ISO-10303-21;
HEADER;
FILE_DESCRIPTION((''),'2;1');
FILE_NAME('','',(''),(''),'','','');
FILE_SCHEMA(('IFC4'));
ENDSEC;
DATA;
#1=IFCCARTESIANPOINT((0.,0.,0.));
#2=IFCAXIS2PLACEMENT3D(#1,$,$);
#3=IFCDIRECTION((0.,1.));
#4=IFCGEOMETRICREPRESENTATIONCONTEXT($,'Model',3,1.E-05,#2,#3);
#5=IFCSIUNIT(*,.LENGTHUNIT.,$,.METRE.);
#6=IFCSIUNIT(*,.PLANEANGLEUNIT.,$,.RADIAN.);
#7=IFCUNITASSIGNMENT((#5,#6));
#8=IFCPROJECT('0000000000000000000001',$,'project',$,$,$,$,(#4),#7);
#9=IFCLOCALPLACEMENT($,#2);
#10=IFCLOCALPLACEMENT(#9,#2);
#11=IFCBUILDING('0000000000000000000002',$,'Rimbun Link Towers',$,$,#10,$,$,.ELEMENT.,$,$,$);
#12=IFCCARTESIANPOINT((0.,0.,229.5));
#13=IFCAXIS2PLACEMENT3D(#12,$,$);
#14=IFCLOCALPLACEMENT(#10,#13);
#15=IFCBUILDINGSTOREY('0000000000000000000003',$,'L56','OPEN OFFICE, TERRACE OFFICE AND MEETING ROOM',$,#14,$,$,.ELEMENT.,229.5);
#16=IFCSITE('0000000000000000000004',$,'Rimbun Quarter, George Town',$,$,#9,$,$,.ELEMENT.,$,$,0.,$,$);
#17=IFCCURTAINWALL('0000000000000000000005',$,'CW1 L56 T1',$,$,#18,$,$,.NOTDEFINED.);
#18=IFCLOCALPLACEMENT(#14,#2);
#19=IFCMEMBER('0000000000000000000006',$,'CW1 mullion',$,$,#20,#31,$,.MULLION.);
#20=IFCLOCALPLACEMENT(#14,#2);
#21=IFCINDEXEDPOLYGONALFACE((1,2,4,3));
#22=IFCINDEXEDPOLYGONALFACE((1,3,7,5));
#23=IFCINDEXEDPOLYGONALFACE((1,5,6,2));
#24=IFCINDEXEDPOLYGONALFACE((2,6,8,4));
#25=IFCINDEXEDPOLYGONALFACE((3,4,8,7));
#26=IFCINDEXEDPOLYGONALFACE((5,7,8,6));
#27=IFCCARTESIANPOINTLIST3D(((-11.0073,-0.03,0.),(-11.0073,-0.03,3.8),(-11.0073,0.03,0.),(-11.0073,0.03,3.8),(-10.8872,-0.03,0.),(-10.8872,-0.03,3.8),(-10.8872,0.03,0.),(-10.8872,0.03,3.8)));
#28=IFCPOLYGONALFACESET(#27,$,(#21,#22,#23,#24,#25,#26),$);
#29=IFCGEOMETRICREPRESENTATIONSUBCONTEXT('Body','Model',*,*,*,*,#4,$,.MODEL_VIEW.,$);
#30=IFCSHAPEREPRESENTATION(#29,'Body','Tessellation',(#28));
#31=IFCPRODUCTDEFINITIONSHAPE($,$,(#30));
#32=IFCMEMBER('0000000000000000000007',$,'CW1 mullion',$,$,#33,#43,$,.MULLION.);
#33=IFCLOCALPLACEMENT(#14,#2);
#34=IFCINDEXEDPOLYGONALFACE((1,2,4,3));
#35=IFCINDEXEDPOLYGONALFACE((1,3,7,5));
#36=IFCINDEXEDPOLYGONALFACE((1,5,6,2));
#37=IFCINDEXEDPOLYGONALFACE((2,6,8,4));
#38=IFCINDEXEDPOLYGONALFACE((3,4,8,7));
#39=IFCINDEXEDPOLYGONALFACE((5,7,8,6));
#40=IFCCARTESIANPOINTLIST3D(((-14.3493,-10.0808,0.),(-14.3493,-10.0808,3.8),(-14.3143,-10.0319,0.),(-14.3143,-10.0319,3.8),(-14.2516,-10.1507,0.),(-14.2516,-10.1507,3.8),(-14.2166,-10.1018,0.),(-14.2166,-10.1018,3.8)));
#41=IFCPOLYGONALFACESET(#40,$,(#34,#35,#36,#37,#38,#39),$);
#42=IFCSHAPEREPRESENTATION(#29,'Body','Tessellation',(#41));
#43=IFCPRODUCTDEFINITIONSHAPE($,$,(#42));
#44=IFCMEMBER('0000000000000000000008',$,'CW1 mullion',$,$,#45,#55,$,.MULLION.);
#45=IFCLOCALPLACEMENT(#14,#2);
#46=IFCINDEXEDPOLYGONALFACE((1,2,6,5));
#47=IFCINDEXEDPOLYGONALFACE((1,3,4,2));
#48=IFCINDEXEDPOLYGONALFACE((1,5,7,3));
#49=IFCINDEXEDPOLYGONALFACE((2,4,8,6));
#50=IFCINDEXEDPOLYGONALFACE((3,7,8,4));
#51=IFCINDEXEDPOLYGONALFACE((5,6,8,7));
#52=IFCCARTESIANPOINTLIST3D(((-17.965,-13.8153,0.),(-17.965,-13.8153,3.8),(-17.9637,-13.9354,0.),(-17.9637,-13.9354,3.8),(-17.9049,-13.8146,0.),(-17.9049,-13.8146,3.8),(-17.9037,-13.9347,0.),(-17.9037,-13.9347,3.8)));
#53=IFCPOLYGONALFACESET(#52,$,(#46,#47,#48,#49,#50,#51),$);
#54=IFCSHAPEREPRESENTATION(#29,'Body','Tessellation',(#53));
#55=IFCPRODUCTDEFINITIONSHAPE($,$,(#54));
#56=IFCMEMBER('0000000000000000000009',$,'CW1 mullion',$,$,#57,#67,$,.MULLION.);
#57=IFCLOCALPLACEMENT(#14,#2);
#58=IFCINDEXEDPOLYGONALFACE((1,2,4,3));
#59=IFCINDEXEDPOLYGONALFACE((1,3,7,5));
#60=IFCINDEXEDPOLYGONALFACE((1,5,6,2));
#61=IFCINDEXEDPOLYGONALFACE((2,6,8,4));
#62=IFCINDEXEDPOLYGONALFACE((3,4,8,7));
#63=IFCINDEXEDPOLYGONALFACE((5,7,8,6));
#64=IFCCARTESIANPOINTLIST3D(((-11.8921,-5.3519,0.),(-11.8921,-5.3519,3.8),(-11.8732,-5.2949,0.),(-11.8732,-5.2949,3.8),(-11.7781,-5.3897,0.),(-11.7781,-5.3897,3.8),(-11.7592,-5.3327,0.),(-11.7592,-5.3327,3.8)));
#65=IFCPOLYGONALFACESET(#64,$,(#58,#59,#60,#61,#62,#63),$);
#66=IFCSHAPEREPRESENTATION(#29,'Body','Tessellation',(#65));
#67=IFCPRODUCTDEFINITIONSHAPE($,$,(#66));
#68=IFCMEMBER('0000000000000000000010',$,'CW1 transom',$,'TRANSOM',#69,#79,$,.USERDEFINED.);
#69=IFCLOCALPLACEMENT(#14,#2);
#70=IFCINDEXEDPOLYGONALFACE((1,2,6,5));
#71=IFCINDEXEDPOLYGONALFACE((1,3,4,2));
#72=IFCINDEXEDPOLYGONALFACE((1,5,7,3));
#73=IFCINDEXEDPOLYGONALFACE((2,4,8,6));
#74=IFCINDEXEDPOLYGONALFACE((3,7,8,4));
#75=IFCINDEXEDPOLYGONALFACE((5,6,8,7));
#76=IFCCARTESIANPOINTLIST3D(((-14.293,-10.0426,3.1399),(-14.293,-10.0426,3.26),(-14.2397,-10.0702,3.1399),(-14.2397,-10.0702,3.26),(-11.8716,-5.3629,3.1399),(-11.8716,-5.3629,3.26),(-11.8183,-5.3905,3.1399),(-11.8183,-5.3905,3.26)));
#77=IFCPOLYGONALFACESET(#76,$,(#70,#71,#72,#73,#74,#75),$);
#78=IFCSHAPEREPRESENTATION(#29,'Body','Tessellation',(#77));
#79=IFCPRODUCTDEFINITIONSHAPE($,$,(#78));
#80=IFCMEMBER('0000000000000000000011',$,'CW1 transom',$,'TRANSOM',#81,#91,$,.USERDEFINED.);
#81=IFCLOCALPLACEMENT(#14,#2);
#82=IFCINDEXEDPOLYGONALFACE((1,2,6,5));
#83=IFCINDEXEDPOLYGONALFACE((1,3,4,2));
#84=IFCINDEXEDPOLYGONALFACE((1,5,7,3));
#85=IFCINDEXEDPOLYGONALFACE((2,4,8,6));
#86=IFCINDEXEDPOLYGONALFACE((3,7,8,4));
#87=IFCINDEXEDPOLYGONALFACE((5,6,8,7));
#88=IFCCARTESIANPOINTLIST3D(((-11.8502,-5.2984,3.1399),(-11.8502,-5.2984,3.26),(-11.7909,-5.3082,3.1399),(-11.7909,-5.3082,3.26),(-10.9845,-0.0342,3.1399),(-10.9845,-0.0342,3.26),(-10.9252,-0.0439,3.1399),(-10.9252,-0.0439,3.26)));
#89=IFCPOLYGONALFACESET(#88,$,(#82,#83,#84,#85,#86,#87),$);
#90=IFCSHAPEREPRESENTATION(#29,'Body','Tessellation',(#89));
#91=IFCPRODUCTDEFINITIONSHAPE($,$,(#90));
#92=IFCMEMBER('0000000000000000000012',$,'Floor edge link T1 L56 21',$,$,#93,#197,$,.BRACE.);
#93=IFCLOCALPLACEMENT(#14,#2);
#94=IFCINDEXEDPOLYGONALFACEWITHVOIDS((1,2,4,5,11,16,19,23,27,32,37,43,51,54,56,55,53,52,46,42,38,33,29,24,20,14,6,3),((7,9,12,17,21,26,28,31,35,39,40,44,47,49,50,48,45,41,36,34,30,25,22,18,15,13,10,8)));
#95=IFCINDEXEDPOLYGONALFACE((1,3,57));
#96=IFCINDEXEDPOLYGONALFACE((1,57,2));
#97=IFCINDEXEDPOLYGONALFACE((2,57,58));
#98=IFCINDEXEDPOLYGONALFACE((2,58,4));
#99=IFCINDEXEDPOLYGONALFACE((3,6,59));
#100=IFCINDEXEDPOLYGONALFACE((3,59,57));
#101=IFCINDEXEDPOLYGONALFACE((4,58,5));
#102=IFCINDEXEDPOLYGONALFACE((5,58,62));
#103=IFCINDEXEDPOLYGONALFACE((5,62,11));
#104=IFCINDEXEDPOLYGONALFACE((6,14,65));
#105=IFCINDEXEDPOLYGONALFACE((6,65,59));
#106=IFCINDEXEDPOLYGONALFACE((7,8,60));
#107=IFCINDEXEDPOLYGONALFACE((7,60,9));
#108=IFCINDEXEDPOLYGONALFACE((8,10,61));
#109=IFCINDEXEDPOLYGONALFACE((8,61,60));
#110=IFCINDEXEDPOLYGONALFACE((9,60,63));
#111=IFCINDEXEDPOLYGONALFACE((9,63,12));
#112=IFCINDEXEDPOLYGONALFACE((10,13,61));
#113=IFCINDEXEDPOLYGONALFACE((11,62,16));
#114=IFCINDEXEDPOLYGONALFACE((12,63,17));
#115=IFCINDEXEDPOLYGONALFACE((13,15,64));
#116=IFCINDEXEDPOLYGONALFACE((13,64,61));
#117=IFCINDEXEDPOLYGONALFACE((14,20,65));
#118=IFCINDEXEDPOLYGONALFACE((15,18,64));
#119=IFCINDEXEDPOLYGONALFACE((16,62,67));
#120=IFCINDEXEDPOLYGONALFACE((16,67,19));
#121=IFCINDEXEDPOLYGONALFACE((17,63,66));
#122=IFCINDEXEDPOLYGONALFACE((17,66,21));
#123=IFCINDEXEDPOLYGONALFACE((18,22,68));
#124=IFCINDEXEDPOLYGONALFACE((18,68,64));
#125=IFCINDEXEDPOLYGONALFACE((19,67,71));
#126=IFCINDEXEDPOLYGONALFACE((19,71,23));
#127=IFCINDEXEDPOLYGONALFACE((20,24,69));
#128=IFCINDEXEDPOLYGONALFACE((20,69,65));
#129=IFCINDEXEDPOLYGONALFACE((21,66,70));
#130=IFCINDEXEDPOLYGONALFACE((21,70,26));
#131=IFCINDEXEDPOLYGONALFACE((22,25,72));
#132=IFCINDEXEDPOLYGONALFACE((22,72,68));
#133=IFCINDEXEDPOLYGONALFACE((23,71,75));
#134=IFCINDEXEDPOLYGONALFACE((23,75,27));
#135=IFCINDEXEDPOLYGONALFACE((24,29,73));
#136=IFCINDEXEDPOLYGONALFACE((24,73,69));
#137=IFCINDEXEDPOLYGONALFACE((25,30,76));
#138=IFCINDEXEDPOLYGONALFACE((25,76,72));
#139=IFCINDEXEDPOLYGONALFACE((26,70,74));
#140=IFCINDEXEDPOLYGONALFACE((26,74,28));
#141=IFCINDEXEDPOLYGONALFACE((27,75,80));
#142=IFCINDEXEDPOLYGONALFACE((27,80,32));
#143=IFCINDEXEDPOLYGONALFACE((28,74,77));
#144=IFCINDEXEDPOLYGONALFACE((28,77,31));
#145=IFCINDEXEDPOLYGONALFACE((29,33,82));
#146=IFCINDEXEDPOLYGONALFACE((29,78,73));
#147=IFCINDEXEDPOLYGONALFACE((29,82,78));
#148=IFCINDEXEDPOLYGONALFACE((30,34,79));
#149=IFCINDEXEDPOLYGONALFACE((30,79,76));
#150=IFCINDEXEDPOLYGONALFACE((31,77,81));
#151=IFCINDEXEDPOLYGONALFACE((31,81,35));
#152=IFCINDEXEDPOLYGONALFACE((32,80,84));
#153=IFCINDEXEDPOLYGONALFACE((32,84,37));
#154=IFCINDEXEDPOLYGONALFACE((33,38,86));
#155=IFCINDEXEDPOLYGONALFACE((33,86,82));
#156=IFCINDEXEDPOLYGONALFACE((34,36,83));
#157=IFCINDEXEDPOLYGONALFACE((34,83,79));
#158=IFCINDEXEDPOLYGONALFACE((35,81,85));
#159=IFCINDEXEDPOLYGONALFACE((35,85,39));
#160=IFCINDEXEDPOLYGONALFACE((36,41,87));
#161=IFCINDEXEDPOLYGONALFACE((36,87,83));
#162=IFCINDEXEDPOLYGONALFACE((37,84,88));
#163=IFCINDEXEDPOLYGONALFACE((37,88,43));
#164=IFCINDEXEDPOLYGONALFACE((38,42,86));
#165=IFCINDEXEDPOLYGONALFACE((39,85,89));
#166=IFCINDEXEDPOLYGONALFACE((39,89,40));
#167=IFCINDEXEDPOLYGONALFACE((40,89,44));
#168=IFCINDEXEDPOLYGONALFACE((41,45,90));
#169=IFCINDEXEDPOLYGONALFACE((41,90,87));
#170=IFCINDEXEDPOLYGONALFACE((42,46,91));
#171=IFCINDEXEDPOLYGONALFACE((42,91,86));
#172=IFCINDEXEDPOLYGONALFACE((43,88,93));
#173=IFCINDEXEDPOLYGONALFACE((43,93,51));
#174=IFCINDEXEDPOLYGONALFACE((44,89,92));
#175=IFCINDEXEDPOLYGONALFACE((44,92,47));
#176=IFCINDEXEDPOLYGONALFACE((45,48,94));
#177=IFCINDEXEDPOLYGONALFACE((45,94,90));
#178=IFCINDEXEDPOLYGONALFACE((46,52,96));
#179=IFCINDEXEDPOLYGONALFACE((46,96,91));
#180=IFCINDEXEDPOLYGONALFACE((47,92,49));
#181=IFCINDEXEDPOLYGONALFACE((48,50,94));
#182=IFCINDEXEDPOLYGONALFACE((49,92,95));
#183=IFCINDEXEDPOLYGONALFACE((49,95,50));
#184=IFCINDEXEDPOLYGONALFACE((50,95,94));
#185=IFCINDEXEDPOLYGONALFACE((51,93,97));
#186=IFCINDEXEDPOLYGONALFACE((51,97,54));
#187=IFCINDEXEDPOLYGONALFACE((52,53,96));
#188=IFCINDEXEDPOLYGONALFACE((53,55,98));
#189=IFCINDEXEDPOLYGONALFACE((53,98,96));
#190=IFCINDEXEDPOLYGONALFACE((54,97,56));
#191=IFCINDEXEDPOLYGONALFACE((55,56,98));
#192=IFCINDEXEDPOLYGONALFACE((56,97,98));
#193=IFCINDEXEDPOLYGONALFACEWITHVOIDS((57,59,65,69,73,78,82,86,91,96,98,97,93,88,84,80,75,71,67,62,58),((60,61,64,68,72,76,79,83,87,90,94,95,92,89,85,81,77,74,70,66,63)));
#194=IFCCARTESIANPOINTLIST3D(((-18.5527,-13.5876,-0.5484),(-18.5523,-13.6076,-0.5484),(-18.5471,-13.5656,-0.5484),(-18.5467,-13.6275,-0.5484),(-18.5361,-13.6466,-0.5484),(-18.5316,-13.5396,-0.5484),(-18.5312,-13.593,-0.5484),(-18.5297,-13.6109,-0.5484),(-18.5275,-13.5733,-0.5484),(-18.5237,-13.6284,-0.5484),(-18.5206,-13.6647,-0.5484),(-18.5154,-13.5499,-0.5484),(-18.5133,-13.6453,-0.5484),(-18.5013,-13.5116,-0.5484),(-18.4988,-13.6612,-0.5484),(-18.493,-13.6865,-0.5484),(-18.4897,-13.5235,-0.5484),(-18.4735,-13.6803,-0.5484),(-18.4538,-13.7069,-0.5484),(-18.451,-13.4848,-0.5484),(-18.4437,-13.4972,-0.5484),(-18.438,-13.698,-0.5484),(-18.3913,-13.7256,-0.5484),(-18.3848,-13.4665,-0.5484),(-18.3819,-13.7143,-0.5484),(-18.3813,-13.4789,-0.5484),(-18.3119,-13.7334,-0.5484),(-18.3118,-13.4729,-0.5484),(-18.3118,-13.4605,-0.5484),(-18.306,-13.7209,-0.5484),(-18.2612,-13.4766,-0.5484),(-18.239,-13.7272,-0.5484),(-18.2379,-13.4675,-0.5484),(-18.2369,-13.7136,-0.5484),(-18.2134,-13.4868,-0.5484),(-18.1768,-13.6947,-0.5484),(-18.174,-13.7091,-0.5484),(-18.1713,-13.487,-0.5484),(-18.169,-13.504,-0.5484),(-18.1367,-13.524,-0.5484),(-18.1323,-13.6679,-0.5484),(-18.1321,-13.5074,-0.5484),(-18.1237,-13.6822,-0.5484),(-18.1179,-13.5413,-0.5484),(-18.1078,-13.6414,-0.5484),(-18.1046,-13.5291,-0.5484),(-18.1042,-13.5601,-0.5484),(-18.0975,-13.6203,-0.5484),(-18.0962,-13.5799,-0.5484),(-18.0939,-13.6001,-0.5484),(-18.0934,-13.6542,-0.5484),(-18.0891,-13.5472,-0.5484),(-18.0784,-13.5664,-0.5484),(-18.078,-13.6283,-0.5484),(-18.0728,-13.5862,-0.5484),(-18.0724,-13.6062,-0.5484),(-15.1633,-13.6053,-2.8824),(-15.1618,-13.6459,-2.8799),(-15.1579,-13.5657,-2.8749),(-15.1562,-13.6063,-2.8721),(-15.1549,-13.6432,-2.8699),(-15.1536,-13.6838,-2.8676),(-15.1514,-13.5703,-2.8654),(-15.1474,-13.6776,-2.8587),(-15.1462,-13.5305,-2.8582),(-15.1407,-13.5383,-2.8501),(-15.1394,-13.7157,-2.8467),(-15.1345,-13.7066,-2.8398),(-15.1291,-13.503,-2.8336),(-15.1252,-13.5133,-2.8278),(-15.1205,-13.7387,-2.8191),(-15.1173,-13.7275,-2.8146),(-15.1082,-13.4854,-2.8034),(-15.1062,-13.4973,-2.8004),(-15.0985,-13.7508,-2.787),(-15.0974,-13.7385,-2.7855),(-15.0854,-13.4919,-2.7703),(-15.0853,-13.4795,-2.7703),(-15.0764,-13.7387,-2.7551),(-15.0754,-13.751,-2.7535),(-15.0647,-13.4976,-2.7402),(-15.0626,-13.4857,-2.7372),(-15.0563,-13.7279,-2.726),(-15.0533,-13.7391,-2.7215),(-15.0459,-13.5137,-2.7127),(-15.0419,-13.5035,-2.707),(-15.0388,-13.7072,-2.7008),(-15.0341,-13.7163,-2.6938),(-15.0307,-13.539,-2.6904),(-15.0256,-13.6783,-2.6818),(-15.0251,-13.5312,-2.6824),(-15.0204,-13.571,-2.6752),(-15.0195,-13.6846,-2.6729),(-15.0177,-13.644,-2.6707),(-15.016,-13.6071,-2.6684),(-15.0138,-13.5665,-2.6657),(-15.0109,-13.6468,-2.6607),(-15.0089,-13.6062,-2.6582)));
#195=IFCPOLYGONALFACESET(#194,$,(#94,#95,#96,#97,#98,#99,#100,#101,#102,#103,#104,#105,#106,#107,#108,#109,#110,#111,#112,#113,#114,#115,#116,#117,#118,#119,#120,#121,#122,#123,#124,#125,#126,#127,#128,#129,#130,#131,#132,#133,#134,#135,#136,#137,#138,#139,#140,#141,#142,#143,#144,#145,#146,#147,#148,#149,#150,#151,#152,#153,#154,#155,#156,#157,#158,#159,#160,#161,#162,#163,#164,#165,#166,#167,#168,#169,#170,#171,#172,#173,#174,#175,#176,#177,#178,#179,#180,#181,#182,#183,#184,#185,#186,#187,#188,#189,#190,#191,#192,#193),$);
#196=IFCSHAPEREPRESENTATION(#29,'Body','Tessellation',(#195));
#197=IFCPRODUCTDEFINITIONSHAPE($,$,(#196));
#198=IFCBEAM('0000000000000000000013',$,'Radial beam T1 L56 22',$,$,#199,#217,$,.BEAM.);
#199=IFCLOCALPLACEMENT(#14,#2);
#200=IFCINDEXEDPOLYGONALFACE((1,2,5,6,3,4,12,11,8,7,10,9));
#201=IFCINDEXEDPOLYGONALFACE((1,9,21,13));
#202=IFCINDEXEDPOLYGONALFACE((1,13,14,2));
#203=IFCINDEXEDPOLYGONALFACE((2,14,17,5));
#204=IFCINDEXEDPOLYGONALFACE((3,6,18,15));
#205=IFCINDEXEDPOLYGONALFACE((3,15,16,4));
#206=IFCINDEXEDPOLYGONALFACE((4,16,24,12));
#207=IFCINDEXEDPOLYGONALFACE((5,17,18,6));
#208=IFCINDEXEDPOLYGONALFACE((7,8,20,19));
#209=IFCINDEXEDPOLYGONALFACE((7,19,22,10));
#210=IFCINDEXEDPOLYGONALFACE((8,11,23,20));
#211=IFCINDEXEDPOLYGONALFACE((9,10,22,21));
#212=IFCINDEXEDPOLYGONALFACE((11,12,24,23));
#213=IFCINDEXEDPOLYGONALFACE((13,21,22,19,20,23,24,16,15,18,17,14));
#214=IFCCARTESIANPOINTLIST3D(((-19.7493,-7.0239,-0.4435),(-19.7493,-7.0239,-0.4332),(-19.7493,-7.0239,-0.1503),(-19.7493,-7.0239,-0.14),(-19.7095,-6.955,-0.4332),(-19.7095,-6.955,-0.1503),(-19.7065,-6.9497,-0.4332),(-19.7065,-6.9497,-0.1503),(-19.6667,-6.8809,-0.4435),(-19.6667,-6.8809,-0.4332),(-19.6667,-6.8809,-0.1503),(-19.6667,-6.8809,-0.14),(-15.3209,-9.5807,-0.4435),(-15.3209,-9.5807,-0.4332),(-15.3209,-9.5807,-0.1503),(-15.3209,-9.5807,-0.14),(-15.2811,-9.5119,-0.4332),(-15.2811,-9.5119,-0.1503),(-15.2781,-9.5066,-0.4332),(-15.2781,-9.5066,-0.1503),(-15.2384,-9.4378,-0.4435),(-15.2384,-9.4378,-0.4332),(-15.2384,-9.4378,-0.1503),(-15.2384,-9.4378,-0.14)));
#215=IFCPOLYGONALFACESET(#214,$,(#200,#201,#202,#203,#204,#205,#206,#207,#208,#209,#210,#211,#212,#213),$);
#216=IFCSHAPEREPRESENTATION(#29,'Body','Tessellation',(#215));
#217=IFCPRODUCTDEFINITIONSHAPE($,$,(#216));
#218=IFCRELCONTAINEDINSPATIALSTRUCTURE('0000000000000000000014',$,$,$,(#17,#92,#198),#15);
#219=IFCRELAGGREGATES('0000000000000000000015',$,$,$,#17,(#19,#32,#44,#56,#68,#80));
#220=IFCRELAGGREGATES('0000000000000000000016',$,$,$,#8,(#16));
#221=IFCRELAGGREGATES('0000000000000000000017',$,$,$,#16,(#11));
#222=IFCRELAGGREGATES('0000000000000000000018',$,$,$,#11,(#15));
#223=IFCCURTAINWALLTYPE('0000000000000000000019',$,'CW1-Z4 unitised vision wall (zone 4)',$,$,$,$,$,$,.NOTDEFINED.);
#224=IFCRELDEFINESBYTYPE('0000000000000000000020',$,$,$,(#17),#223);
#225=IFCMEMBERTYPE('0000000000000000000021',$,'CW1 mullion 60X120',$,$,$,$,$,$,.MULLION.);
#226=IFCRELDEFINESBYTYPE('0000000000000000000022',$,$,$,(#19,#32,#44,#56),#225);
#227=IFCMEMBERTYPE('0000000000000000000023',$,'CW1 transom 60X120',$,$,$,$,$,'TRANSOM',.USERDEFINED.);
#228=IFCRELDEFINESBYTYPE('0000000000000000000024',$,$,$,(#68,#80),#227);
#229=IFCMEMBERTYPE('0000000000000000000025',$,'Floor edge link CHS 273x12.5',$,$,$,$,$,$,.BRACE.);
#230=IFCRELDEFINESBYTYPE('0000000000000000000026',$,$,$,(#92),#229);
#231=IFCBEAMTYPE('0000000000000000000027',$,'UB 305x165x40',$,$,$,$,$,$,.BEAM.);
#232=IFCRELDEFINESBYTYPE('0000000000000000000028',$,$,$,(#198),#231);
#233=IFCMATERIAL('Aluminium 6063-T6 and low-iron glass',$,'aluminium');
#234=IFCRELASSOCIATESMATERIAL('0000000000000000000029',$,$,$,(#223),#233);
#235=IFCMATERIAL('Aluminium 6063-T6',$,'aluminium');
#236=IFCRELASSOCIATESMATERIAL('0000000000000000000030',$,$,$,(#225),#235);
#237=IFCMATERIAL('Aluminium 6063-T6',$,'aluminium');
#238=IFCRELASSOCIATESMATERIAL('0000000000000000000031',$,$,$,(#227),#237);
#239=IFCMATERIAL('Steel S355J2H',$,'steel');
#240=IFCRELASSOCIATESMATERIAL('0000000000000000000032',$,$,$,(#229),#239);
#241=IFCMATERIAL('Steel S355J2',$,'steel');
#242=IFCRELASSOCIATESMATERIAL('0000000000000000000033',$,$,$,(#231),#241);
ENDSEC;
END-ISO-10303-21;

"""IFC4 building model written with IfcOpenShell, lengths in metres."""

from ifc_helpers import new_model, si_unit, direction, frame, origin, origin_2d, place, context, subcontext, project, spatial, rectangle, hollow_circle, i_section, extrude, clip, halfspace, material, material_profile, profile_set, type_object, element, aggregate, save


model = new_model("IFC4")

# Units and contexts
model_context = context("Model", 3, precision=1e-05, world=origin(), true_north=direction((0.0, 1.0)))
body_context = subcontext(model_context, "Body", "Model", "MODEL_VIEW")
ifc_project = project(units=[si_unit("LENGTHUNIT", "METRE"), si_unit("PLANEANGLEUNIT", "RADIAN")], contexts=[model_context])

# Site, building, storey
site_placement = place(None, origin())
site = spatial("IfcSite", under=ifc_project, at=site_placement, Name="Rimbun Quarter, George Town", CompositionType="ELEMENT", RefElevation=0.0)
building_placement = place(site_placement, origin())
building = spatial("IfcBuilding", under=site, at=building_placement, Name="Rimbun Link Towers", CompositionType="ELEMENT")
storey_placement = place(building_placement, frame((0.0, 0.0, 229.5)))
storey = spatial("IfcBuildingStorey", under=building, at=storey_placement, Name="L56", Description="OPEN OFFICE, TERRACE OFFICE AND MEETING ROOM", CompositionType="ELEMENT", Elevation=229.5)

# Curtain wall, members
ifc_material_1 = material(Name="Aluminium 6063-T6 and low-iron glass", Category="aluminium")
curtain_wall_type = type_object("IfcCurtainWallType", Name="CW1-Z4 unitised vision wall (zone 4)", PredefinedType="NOTDEFINED", material=ifc_material_1)
curtain_wall_placement = place(storey_placement, origin())
curtain_wall = element("IfcCurtainWall", 1, at=curtain_wall_placement, inside=storey, type_object=curtain_wall_type, Name="CW1 L56 T1", PredefinedType="NOTDEFINED")
ifc_material_2 = material(Name="Aluminium 6063-T6", Category="aluminium")
ifc_material_profile_1 = material_profile(ifc_material_2, rectangle(XDim=0.1201, YDim=0.0601, at=origin_2d()), Name="MULLION 60X120")
ifc_profile_set_1 = profile_set([ifc_material_profile_1], Name="Aluminium 6063-T6")
member_type_1 = type_object("IfcMemberType", Name="CW1 mullion 60X120", PredefinedType="MULLION", material=ifc_profile_set_1)
member_1_placement = place(storey_placement, frame((-10.9473, 0.0, 0.0), z_axis=(0.0, 0.0, 1.0), x_axis=(1.0, 0.0, 0.0)))
member_1 = element("IfcMember", 2, at=member_1_placement, type_object=member_type_1, Name="CW1 mullion", PredefinedType="MULLION", context=body_context, shape_type="SweptSolid", body=[
    extrude(rectangle(XDim=0.1201, YDim=0.0601, at=origin_2d()), origin(), (0.0, 0.0, 1.0), 3.8),
])
member_2_placement = place(storey_placement, frame((-14.283, -10.0913, 0.0), z_axis=(0.0, 0.0, 1.0), x_axis=(0.813354, -0.58177, 0.0)))
member_2 = element("IfcMember", 3, at=member_2_placement, type_object=member_type_1, Name="CW1 mullion", PredefinedType="MULLION", context=body_context, shape_type="SweptSolid", body=[
    extrude(rectangle(XDim=0.1201, YDim=0.0601, at=origin_2d()), origin(), (0.0, 0.0, 1.0), 3.8),
])
member_3_placement = place(storey_placement, frame((-17.9343, -13.875, 0.0), z_axis=(0.0, 0.0, 1.0), x_axis=(0.010539, -0.999944, 0.0)))
member_3 = element("IfcMember", 4, at=member_3_placement, type_object=member_type_1, Name="CW1 mullion", PredefinedType="MULLION", context=body_context, shape_type="SweptSolid", body=[
    extrude(rectangle(XDim=0.1201, YDim=0.0601, at=origin_2d()), origin(), (0.0, 0.0, 1.0), 3.8),
])
member_4_placement = place(storey_placement, frame((-11.8257, -5.3423, 0.0), z_axis=(0.0, 0.0, 1.0), x_axis=(0.949161, -0.31479, 0.0)))
member_4 = element("IfcMember", 5, at=member_4_placement, type_object=member_type_1, Name="CW1 mullion", PredefinedType="MULLION", context=body_context, shape_type="SweptSolid", body=[
    extrude(rectangle(XDim=0.1201, YDim=0.0601, at=origin_2d()), origin(), (0.0, 0.0, 1.0), 3.8),
])
ifc_material_3 = material(Name="Aluminium 6063-T6", Category="aluminium")
ifc_material_profile_2 = material_profile(ifc_material_3, rectangle(XDim=0.0601, YDim=0.1201, at=origin_2d()), Name="TRANSOM 60X120")
ifc_profile_set_2 = profile_set([ifc_material_profile_2], Name="Aluminium 6063-T6")
member_type_2 = type_object("IfcMemberType", Name="CW1 transom 60X120", ElementType="TRANSOM", PredefinedType="USERDEFINED", material=ifc_profile_set_2)
member_5_placement = place(storey_placement, frame((-11.845, -5.3767, 3.2), z_axis=(-0.459551, -0.888151, 0.0), x_axis=(0.888151, -0.459551, 0.0)))
member_5 = element("IfcMember", 6, at=member_5_placement, type_object=member_type_2, Name="CW1 transom", ObjectType="TRANSOM", PredefinedType="USERDEFINED", context=body_context, shape_type="SweptSolid", body=[
    extrude(rectangle(XDim=0.0601, YDim=0.1201, at=origin_2d()), origin(), (0.0, 0.0, 1.0), 5.269),
])
member_6_placement = place(storey_placement, frame((-10.9548, -0.0391, 3.2), z_axis=(-0.162276, -0.986745, 0.0), x_axis=(0.986745, -0.162276, 0.0)))
member_6 = element("IfcMember", 7, at=member_6_placement, type_object=member_type_2, Name="CW1 transom", ObjectType="TRANSOM", PredefinedType="USERDEFINED", context=body_context, shape_type="SweptSolid", body=[
    extrude(rectangle(XDim=0.0601, YDim=0.1201, at=origin_2d()), origin(), (0.0, 0.0, 1.0), 5.335),
])

# Member
ifc_material_4 = material(Name="Steel S355J2H", Category="steel")
ifc_material_profile_3 = material_profile(ifc_material_4, hollow_circle(Radius=0.1365, WallThickness=0.0125, at=origin_2d()), Name="CHS 273x12.5")
ifc_profile_set_3 = profile_set([ifc_material_profile_3], Name="Steel S355J2H")
member_type_3 = type_object("IfcMemberType", Name="Floor edge link CHS 273x12.5", PredefinedType="BRACE", material=ifc_profile_set_3)
member_7_placement = place(storey_placement, frame((-18.1521, -13.5979, -0.6589), z_axis=(0.823592, -0.004853, -0.567162), x_axis=(0.005893, 0.999983, 0.0)))
element("IfcMember", 8, at=member_7_placement, inside=storey, type_object=member_type_3, Name="Floor edge link T1 L56 21", PredefinedType="BRACE", context=body_context, shape_type="Clipping", body=[
    clip(extrude(hollow_circle(Radius=0.1365, WallThickness=0.0125, at=origin_2d()), frame((0.0, 0.0, -0.4141)), (0.0, 0.0, 1.0), 4.1367), halfspace(frame((0.0, 0.0, -0.1948), z_axis=(0.0, 0.823606, -0.567162)), False)),
])

# Beam
ifc_material_5 = material(Name="Steel S355J2", Category="steel")
ifc_material_profile_4 = material_profile(ifc_material_5, i_section(OverallWidth=0.165, OverallDepth=0.3035, WebThickness=0.0061, FlangeThickness=0.0103, at=origin_2d()), Name="UB 305x165x40")
ifc_profile_set_4 = profile_set([ifc_material_profile_4], Name="Steel S355J2")
beam_type_1 = type_object("IfcBeamType", Name="UB 305x165x40", PredefinedType="BEAM", material=ifc_profile_set_4)
beam_1_placement = place(storey_placement, frame((-19.708, -6.9524, -0.2917), z_axis=(0.866016, -0.500016, 0.0), x_axis=(0.500016, 0.866016, 0.0)))
element("IfcBeam", 9, at=beam_1_placement, inside=storey, type_object=beam_type_1, Name="Radial beam T1 L56 22", PredefinedType="BEAM", context=body_context, shape_type="SweptSolid", body=[
    extrude(i_section(OverallWidth=0.165, OverallDepth=0.3035, WebThickness=0.0061, FlangeThickness=0.0103, at=origin_2d()), origin(), (0.0, 0.0, 1.0), 5.1135),
])

aggregate(curtain_wall, [member_1, member_2, member_3, member_4, member_5, member_6])

save(model, "model.ifc")
